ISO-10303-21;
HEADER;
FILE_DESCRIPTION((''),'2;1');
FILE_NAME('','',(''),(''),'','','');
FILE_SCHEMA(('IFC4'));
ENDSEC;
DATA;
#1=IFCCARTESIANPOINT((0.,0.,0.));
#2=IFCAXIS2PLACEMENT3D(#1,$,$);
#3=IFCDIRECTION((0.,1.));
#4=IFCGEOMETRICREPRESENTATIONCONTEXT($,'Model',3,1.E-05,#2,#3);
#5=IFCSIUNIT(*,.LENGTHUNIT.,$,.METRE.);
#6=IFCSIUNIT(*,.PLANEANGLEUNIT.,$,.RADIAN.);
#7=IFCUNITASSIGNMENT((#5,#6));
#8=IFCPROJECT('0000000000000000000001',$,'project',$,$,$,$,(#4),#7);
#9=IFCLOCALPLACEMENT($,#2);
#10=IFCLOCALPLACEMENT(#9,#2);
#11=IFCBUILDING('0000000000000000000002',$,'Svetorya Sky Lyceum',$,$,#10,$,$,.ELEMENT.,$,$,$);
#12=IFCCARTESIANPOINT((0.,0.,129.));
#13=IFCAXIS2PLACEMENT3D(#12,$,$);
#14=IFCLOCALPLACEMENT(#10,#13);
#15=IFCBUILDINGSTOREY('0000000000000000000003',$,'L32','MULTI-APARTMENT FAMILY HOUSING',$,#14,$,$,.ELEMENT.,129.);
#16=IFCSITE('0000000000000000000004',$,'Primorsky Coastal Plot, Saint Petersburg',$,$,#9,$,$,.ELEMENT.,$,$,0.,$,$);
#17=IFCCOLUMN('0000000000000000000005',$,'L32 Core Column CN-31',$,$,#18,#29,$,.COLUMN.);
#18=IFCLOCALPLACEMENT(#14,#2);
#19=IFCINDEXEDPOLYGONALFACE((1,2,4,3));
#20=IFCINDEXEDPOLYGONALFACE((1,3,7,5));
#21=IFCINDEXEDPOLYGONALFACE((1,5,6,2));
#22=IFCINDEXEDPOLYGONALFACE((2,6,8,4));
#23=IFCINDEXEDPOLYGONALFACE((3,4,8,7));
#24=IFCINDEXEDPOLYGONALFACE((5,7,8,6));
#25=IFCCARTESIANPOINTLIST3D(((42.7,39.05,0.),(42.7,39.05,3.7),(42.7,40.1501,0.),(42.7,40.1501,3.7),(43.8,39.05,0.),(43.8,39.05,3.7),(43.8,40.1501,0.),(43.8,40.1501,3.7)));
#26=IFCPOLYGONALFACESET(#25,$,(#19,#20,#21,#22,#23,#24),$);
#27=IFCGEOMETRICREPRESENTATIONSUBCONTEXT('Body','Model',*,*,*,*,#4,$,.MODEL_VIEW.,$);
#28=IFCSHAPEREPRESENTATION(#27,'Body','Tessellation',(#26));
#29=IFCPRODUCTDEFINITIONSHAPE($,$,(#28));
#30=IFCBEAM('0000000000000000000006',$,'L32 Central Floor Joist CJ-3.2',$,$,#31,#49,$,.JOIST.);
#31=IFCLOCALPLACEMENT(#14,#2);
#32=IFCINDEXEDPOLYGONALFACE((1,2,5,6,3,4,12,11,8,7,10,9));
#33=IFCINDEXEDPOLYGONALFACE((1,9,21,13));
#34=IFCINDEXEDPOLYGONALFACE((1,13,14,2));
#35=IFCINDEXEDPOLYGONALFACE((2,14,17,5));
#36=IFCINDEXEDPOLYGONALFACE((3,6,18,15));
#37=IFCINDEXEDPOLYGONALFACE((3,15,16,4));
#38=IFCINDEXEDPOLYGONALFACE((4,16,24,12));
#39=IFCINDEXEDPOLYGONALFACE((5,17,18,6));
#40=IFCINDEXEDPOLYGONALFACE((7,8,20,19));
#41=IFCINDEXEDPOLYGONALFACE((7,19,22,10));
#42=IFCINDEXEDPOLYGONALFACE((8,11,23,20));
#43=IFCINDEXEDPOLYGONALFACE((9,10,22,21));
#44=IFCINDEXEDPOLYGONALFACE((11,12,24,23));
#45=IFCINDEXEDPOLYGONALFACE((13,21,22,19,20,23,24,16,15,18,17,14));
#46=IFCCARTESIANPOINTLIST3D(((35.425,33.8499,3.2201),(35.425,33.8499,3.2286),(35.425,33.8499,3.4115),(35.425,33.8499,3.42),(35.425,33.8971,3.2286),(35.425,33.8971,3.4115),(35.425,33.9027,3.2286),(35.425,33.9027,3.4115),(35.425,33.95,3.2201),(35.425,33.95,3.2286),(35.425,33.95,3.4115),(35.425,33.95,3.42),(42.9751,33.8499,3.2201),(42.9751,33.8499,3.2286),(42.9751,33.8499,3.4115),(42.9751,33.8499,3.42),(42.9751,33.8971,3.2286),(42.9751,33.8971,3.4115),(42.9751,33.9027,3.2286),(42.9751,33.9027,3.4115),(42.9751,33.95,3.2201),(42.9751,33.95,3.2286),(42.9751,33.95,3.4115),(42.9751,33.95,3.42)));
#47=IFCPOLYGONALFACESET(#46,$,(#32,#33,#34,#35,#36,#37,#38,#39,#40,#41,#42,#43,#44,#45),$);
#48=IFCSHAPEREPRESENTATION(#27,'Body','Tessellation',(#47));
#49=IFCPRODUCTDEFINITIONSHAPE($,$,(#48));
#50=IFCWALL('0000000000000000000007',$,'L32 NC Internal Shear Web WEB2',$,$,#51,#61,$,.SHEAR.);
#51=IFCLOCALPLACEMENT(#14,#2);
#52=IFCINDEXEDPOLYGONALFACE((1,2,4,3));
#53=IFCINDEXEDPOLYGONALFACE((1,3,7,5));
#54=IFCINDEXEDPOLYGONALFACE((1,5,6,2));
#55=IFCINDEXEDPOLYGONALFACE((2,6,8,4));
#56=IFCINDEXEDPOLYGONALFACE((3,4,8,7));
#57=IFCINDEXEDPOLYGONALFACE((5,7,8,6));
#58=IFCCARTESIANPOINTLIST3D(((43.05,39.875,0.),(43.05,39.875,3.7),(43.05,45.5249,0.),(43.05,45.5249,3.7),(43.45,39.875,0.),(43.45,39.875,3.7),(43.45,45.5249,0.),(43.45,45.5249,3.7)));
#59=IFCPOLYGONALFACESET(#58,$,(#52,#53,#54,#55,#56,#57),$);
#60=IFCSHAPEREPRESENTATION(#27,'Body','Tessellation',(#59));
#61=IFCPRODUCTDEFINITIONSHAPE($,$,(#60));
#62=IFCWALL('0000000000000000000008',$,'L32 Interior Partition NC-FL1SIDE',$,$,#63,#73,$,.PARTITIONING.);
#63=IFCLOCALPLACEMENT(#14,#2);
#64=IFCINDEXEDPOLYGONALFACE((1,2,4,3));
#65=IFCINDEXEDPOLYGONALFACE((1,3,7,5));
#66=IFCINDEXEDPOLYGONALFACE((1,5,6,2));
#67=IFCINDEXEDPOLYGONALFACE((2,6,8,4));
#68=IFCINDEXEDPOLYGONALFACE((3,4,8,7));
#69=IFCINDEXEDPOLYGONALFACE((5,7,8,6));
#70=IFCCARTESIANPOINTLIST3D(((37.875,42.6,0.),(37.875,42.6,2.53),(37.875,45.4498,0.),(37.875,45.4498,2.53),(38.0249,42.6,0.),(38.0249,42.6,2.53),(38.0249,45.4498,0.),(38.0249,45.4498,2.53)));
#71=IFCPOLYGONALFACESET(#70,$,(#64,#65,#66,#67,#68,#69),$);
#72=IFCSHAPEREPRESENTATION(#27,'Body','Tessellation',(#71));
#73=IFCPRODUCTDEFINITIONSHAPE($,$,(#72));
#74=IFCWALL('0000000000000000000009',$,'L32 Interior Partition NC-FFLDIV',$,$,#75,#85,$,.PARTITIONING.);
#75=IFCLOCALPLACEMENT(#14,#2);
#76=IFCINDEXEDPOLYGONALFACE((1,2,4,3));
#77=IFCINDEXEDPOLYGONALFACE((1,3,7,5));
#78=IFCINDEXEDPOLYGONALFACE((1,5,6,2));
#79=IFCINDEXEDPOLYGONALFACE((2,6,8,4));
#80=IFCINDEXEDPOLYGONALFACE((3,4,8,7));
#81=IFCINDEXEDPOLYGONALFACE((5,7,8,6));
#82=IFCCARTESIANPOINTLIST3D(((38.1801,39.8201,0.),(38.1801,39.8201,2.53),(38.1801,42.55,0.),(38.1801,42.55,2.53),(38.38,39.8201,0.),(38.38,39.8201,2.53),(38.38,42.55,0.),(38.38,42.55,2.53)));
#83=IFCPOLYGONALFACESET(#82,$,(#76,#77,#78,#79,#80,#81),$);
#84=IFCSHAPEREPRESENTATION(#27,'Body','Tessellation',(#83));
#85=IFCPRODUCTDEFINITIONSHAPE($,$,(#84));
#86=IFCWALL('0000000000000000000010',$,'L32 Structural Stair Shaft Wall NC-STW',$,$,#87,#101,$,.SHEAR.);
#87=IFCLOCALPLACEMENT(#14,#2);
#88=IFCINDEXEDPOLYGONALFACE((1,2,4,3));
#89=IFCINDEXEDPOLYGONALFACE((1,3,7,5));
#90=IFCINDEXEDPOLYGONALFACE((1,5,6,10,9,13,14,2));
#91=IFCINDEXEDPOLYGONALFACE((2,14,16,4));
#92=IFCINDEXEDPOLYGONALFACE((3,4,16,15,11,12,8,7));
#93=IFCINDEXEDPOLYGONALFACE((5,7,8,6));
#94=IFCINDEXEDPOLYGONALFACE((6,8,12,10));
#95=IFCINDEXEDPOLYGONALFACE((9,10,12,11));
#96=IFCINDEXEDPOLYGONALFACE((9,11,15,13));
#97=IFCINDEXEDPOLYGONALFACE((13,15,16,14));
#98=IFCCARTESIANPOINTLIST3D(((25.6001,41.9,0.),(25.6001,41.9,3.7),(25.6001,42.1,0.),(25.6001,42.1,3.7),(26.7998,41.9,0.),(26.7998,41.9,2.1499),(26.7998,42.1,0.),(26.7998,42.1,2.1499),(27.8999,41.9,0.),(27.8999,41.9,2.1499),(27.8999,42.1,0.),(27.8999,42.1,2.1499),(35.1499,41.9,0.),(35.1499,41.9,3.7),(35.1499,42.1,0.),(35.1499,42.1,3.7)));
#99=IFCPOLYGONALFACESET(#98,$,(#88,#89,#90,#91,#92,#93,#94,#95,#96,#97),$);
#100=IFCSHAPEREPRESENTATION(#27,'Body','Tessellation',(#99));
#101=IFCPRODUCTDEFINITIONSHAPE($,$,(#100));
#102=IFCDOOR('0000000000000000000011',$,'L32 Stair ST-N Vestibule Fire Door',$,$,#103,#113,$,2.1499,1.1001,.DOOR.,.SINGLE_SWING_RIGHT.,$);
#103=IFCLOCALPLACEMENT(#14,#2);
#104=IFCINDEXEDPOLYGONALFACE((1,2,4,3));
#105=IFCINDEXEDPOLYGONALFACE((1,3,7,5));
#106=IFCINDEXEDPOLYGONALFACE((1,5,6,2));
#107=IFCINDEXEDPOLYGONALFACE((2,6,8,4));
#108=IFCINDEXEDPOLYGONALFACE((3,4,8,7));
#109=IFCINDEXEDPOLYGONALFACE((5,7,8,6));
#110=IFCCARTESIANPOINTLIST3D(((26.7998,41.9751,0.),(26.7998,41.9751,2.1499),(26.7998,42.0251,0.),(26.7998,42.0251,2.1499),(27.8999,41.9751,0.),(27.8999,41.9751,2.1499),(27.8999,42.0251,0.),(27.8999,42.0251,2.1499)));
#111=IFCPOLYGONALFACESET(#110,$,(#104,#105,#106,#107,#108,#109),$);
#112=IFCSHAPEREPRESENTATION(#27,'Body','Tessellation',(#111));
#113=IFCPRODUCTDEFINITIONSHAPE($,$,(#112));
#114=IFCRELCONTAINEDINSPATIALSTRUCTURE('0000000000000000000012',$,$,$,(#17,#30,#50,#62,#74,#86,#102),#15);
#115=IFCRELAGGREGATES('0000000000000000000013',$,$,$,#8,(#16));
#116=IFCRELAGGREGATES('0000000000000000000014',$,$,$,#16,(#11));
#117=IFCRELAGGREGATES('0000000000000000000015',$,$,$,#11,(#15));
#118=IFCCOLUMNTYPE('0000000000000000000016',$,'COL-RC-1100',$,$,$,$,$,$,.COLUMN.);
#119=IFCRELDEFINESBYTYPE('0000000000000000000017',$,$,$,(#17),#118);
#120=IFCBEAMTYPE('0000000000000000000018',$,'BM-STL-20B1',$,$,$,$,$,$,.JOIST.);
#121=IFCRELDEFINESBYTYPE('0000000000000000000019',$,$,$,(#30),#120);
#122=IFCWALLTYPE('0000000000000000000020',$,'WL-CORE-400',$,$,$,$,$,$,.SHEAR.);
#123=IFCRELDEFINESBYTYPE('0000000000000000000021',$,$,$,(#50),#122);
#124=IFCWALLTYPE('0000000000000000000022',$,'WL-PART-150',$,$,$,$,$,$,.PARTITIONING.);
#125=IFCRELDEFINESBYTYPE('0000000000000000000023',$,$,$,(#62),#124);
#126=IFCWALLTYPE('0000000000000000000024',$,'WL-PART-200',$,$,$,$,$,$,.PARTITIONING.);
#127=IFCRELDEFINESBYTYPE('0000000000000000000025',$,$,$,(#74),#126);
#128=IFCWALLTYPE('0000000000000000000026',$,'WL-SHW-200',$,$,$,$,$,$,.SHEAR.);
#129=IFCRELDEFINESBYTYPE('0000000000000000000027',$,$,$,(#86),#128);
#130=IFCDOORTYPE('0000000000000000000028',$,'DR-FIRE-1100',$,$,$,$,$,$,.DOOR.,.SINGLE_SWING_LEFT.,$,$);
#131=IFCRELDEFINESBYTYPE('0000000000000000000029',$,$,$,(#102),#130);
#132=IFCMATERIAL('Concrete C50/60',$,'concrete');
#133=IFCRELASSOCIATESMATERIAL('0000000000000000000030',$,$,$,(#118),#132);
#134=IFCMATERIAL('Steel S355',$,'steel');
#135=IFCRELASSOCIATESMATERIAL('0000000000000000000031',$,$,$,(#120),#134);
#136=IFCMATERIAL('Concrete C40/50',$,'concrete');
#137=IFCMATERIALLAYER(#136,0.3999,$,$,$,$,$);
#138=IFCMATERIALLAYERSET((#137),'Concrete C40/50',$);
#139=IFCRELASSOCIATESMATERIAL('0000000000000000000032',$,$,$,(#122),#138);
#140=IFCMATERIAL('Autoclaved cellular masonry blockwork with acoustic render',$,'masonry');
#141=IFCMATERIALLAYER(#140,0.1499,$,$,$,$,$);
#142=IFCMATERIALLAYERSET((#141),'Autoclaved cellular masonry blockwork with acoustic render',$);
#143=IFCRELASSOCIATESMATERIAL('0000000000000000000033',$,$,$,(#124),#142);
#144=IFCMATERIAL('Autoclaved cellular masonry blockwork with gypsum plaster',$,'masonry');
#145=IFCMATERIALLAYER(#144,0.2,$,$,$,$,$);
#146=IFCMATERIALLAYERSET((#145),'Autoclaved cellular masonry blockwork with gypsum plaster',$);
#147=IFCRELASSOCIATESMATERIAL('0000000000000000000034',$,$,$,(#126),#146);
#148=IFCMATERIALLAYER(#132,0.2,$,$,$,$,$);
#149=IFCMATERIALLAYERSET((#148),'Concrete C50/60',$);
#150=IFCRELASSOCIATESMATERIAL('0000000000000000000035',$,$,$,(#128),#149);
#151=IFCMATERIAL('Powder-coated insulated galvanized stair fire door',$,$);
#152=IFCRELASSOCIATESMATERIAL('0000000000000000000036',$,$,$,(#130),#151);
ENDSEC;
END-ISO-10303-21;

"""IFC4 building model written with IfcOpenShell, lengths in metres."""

from ifc_helpers import new_model, si_unit, direction, frame, frame_2d, origin, origin_2d, place, context, subcontext, project, spatial, rectangle, i_section, extrude, material, layer, layer_set, material_profile, profile_set, type_object, element, fill, save


model = new_model("IFC4")

# Units and contexts
model_context = context("Model", 3, precision=1e-05, world=origin(), true_north=direction((0.0, 1.0)))
body_context = subcontext(model_context, "Body", "Model", "MODEL_VIEW")
ifc_project = project(units=[si_unit("LENGTHUNIT", "METRE"), si_unit("PLANEANGLEUNIT", "RADIAN")], contexts=[model_context])

# Site, building, storey
site_placement = place(None, origin())
site = spatial("IfcSite", under=ifc_project, at=site_placement, Name="Primorsky Coastal Plot, Saint Petersburg", CompositionType="ELEMENT", RefElevation=0.0)
building_placement = place(site_placement, origin())
building = spatial("IfcBuilding", under=site, at=building_placement, Name="Svetorya Sky Lyceum", CompositionType="ELEMENT")
storey_placement = place(building_placement, frame((0.0, 0.0, 129.0)))
storey = spatial("IfcBuildingStorey", under=building, at=storey_placement, Name="L32", Description="MULTI-APARTMENT FAMILY HOUSING", CompositionType="ELEMENT", Elevation=129.0)

# Column
ifc_material_1 = material(Name="Concrete C50/60", Category="concrete")
ifc_material_profile_1 = material_profile(ifc_material_1, rectangle(XDim=1.1001, YDim=1.1001, at=origin_2d()), Name="RC COL 1100x1100")
ifc_profile_set_1 = profile_set([ifc_material_profile_1], Name="Concrete C50/60")
column_type = type_object("IfcColumnType", Name="COL-RC-1100", PredefinedType="COLUMN", material=ifc_profile_set_1)
column_placement = place(storey_placement, frame((43.25, 39.6001, 0.0), z_axis=(0.0, 0.0, 1.0), x_axis=(1.0, 0.0, 0.0)))
element("IfcColumn", 1, at=column_placement, inside=storey, type_object=column_type, Name="L32 Core Column CN-31", PredefinedType="COLUMN", context=body_context, shape_type="SweptSolid", body=[
    extrude(rectangle(XDim=1.1001, YDim=1.1001, at=origin_2d()), origin(), (0.0, 0.0, 1.0), 3.7),
])

# Beam
ifc_material_2 = material(Name="Steel S355", Category="steel")
ifc_material_profile_2 = material_profile(ifc_material_2, i_section(OverallWidth=0.1001, OverallDepth=0.2, WebThickness=0.0056, FlangeThickness=0.0085, at=origin_2d()), Name="GOST 20B1")
ifc_profile_set_2 = profile_set([ifc_material_profile_2], Name="Steel S355")
beam_type = type_object("IfcBeamType", Name="BM-STL-20B1", PredefinedType="JOIST", material=ifc_profile_set_2)
beam_placement = place(storey_placement, frame((35.425, 33.8999, 3.3201), z_axis=(1.0, 0.0, 0.0), x_axis=(0.0, 1.0, 0.0)))
element("IfcBeam", 2, at=beam_placement, inside=storey, type_object=beam_type, Name="L32 Central Floor Joist CJ-3.2", PredefinedType="JOIST", context=body_context, shape_type="SweptSolid", body=[
    extrude(i_section(OverallWidth=0.1001, OverallDepth=0.2, WebThickness=0.0056, FlangeThickness=0.0085, at=origin_2d()), origin(), (0.0, 0.0, 1.0), 7.55),
])

# Walls
ifc_material_3 = material(Name="Concrete C40/50", Category="concrete")
ifc_layer_1 = layer(ifc_material_3, 0.3999)
ifc_layer_set_1 = layer_set([ifc_layer_1], Name="Concrete C40/50")
wall_type_1 = type_object("IfcWallType", Name="WL-CORE-400", PredefinedType="SHEAR", material=ifc_layer_set_1)
wall_1_placement = place(storey_placement, frame((43.25, 39.875, 0.0), z_axis=(0.0, 0.0, 1.0), x_axis=(0.0, 1.0, 0.0)))
element("IfcWall", 3, at=wall_1_placement, inside=storey, type_object=wall_type_1, Name="L32 NC Internal Shear Web WEB2", PredefinedType="SHEAR", context=body_context, shape_type="SweptSolid", body=[
    extrude(rectangle(XDim=5.6499, YDim=0.3999, at=frame_2d((2.825, 0.0))), origin(), (0.0, 0.0, 1.0), 3.7),
])
ifc_material_4 = material(Name="Autoclaved cellular masonry blockwork with acoustic render", Category="masonry")
ifc_layer_2 = layer(ifc_material_4, 0.1499)
ifc_layer_set_2 = layer_set([ifc_layer_2], Name="Autoclaved cellular masonry blockwork with acoustic render")
wall_type_2 = type_object("IfcWallType", Name="WL-PART-150", PredefinedType="PARTITIONING", material=ifc_layer_set_2)
wall_2_placement = place(storey_placement, frame((37.95, 42.6001, 0.0), z_axis=(0.0, 0.0, 1.0), x_axis=(0.0, 1.0, 0.0)))
element("IfcWall", 4, at=wall_2_placement, inside=storey, type_object=wall_type_2, Name="L32 Interior Partition NC-FL1SIDE", PredefinedType="PARTITIONING", context=body_context, shape_type="SweptSolid", body=[
    extrude(rectangle(XDim=2.8499, YDim=0.1499, at=frame_2d((1.4248, 0.0))), origin(), (0.0, 0.0, 1.0), 2.53),
])

# Shared definitions
ifc_material_5 = material(Name="Autoclaved cellular masonry blockwork with gypsum plaster", Category="masonry")
ifc_layer_3 = layer(ifc_material_5, 0.2)
ifc_layer_set_3 = layer_set([ifc_layer_3], Name="Autoclaved cellular masonry blockwork with gypsum plaster")
wall_type_3 = type_object("IfcWallType", Name="WL-PART-200", PredefinedType="PARTITIONING", material=ifc_layer_set_3)

# Wall
wall_3_placement = place(storey_placement, frame((38.28, 39.8201, 0.0), z_axis=(0.0, 0.0, 1.0), x_axis=(0.0, 1.0, 0.0)))
element("IfcWall", 5, at=wall_3_placement, inside=storey, type_object=wall_type_3, Name="L32 Interior Partition NC-FFLDIV", PredefinedType="PARTITIONING", context=body_context, shape_type="SweptSolid", body=[
    extrude(rectangle(XDim=2.73, YDim=0.2, at=frame_2d((1.365, 0.0))), origin(), (0.0, 0.0, 1.0), 2.53),
])

# Wall, opening, door
ifc_layer_4 = layer(ifc_material_1, 0.2)
ifc_layer_set_4 = layer_set([ifc_layer_4], Name="Concrete C50/60")
wall_type_4 = type_object("IfcWallType", Name="WL-SHW-200", PredefinedType="SHEAR", material=ifc_layer_set_4)
wall_4_placement = place(storey_placement, frame((35.1499, 42.0, 0.0), z_axis=(0.0, 0.0, 1.0), x_axis=(-1.0, 0.0, 0.0)))
wall_4 = element("IfcWall", 6, at=wall_4_placement, inside=storey, type_object=wall_type_4, Name="L32 Structural Stair Shaft Wall NC-STW", PredefinedType="SHEAR", context=body_context, shape_type="SweptSolid", body=[
    extrude(rectangle(XDim=9.5498, YDim=0.2, at=frame_2d((4.7749, 0.0))), origin(), (0.0, 0.0, 1.0), 3.7),
])
opening_1_placement = place(wall_4_placement, frame((7.25, 0.0, 0.0)))
opening_1 = element("IfcOpeningElement", 7, at=opening_1_placement, cuts=wall_4, PredefinedType="OPENING", context=body_context, shape_type="SweptSolid", body=[
    extrude(rectangle(XDim=1.1001, YDim=2.1499, at=frame_2d((0.55, 1.075))), frame((0.0, 0.1099, 0.0), z_axis=(0.0, -1.0, 0.0), x_axis=(1.0, 0.0, 0.0)), (0.0, 0.0, 1.0), 0.22),
])
ifc_material_6 = material(Name="Powder-coated insulated galvanized stair fire door")
door_type_1 = type_object("IfcDoorType", Name="DR-FIRE-1100", OperationType="SINGLE_SWING_LEFT", PredefinedType="DOOR", material=ifc_material_6)
door_1_placement = place(opening_1_placement, origin())
door_1 = element("IfcDoor", 8, at=door_1_placement, inside=storey, type_object=door_type_1, Name="L32 Stair ST-N Vestibule Fire Door", OperationType="SINGLE_SWING_RIGHT", OverallHeight=2.1499, OverallWidth=1.1001, PredefinedType="DOOR", context=body_context, shape_type="SweptSolid", body=[
    extrude(rectangle(XDim=1.1001, YDim=2.1499, at=frame_2d((0.55, 1.075))), frame((0.0, 0.0249, 0.0), z_axis=(0.0, -1.0, 0.0), x_axis=(1.0, 0.0, 0.0)), (0.0, 0.0, 1.0), 0.05),
])
fill(opening_1, door_1)

save(model, "model.ifc")
